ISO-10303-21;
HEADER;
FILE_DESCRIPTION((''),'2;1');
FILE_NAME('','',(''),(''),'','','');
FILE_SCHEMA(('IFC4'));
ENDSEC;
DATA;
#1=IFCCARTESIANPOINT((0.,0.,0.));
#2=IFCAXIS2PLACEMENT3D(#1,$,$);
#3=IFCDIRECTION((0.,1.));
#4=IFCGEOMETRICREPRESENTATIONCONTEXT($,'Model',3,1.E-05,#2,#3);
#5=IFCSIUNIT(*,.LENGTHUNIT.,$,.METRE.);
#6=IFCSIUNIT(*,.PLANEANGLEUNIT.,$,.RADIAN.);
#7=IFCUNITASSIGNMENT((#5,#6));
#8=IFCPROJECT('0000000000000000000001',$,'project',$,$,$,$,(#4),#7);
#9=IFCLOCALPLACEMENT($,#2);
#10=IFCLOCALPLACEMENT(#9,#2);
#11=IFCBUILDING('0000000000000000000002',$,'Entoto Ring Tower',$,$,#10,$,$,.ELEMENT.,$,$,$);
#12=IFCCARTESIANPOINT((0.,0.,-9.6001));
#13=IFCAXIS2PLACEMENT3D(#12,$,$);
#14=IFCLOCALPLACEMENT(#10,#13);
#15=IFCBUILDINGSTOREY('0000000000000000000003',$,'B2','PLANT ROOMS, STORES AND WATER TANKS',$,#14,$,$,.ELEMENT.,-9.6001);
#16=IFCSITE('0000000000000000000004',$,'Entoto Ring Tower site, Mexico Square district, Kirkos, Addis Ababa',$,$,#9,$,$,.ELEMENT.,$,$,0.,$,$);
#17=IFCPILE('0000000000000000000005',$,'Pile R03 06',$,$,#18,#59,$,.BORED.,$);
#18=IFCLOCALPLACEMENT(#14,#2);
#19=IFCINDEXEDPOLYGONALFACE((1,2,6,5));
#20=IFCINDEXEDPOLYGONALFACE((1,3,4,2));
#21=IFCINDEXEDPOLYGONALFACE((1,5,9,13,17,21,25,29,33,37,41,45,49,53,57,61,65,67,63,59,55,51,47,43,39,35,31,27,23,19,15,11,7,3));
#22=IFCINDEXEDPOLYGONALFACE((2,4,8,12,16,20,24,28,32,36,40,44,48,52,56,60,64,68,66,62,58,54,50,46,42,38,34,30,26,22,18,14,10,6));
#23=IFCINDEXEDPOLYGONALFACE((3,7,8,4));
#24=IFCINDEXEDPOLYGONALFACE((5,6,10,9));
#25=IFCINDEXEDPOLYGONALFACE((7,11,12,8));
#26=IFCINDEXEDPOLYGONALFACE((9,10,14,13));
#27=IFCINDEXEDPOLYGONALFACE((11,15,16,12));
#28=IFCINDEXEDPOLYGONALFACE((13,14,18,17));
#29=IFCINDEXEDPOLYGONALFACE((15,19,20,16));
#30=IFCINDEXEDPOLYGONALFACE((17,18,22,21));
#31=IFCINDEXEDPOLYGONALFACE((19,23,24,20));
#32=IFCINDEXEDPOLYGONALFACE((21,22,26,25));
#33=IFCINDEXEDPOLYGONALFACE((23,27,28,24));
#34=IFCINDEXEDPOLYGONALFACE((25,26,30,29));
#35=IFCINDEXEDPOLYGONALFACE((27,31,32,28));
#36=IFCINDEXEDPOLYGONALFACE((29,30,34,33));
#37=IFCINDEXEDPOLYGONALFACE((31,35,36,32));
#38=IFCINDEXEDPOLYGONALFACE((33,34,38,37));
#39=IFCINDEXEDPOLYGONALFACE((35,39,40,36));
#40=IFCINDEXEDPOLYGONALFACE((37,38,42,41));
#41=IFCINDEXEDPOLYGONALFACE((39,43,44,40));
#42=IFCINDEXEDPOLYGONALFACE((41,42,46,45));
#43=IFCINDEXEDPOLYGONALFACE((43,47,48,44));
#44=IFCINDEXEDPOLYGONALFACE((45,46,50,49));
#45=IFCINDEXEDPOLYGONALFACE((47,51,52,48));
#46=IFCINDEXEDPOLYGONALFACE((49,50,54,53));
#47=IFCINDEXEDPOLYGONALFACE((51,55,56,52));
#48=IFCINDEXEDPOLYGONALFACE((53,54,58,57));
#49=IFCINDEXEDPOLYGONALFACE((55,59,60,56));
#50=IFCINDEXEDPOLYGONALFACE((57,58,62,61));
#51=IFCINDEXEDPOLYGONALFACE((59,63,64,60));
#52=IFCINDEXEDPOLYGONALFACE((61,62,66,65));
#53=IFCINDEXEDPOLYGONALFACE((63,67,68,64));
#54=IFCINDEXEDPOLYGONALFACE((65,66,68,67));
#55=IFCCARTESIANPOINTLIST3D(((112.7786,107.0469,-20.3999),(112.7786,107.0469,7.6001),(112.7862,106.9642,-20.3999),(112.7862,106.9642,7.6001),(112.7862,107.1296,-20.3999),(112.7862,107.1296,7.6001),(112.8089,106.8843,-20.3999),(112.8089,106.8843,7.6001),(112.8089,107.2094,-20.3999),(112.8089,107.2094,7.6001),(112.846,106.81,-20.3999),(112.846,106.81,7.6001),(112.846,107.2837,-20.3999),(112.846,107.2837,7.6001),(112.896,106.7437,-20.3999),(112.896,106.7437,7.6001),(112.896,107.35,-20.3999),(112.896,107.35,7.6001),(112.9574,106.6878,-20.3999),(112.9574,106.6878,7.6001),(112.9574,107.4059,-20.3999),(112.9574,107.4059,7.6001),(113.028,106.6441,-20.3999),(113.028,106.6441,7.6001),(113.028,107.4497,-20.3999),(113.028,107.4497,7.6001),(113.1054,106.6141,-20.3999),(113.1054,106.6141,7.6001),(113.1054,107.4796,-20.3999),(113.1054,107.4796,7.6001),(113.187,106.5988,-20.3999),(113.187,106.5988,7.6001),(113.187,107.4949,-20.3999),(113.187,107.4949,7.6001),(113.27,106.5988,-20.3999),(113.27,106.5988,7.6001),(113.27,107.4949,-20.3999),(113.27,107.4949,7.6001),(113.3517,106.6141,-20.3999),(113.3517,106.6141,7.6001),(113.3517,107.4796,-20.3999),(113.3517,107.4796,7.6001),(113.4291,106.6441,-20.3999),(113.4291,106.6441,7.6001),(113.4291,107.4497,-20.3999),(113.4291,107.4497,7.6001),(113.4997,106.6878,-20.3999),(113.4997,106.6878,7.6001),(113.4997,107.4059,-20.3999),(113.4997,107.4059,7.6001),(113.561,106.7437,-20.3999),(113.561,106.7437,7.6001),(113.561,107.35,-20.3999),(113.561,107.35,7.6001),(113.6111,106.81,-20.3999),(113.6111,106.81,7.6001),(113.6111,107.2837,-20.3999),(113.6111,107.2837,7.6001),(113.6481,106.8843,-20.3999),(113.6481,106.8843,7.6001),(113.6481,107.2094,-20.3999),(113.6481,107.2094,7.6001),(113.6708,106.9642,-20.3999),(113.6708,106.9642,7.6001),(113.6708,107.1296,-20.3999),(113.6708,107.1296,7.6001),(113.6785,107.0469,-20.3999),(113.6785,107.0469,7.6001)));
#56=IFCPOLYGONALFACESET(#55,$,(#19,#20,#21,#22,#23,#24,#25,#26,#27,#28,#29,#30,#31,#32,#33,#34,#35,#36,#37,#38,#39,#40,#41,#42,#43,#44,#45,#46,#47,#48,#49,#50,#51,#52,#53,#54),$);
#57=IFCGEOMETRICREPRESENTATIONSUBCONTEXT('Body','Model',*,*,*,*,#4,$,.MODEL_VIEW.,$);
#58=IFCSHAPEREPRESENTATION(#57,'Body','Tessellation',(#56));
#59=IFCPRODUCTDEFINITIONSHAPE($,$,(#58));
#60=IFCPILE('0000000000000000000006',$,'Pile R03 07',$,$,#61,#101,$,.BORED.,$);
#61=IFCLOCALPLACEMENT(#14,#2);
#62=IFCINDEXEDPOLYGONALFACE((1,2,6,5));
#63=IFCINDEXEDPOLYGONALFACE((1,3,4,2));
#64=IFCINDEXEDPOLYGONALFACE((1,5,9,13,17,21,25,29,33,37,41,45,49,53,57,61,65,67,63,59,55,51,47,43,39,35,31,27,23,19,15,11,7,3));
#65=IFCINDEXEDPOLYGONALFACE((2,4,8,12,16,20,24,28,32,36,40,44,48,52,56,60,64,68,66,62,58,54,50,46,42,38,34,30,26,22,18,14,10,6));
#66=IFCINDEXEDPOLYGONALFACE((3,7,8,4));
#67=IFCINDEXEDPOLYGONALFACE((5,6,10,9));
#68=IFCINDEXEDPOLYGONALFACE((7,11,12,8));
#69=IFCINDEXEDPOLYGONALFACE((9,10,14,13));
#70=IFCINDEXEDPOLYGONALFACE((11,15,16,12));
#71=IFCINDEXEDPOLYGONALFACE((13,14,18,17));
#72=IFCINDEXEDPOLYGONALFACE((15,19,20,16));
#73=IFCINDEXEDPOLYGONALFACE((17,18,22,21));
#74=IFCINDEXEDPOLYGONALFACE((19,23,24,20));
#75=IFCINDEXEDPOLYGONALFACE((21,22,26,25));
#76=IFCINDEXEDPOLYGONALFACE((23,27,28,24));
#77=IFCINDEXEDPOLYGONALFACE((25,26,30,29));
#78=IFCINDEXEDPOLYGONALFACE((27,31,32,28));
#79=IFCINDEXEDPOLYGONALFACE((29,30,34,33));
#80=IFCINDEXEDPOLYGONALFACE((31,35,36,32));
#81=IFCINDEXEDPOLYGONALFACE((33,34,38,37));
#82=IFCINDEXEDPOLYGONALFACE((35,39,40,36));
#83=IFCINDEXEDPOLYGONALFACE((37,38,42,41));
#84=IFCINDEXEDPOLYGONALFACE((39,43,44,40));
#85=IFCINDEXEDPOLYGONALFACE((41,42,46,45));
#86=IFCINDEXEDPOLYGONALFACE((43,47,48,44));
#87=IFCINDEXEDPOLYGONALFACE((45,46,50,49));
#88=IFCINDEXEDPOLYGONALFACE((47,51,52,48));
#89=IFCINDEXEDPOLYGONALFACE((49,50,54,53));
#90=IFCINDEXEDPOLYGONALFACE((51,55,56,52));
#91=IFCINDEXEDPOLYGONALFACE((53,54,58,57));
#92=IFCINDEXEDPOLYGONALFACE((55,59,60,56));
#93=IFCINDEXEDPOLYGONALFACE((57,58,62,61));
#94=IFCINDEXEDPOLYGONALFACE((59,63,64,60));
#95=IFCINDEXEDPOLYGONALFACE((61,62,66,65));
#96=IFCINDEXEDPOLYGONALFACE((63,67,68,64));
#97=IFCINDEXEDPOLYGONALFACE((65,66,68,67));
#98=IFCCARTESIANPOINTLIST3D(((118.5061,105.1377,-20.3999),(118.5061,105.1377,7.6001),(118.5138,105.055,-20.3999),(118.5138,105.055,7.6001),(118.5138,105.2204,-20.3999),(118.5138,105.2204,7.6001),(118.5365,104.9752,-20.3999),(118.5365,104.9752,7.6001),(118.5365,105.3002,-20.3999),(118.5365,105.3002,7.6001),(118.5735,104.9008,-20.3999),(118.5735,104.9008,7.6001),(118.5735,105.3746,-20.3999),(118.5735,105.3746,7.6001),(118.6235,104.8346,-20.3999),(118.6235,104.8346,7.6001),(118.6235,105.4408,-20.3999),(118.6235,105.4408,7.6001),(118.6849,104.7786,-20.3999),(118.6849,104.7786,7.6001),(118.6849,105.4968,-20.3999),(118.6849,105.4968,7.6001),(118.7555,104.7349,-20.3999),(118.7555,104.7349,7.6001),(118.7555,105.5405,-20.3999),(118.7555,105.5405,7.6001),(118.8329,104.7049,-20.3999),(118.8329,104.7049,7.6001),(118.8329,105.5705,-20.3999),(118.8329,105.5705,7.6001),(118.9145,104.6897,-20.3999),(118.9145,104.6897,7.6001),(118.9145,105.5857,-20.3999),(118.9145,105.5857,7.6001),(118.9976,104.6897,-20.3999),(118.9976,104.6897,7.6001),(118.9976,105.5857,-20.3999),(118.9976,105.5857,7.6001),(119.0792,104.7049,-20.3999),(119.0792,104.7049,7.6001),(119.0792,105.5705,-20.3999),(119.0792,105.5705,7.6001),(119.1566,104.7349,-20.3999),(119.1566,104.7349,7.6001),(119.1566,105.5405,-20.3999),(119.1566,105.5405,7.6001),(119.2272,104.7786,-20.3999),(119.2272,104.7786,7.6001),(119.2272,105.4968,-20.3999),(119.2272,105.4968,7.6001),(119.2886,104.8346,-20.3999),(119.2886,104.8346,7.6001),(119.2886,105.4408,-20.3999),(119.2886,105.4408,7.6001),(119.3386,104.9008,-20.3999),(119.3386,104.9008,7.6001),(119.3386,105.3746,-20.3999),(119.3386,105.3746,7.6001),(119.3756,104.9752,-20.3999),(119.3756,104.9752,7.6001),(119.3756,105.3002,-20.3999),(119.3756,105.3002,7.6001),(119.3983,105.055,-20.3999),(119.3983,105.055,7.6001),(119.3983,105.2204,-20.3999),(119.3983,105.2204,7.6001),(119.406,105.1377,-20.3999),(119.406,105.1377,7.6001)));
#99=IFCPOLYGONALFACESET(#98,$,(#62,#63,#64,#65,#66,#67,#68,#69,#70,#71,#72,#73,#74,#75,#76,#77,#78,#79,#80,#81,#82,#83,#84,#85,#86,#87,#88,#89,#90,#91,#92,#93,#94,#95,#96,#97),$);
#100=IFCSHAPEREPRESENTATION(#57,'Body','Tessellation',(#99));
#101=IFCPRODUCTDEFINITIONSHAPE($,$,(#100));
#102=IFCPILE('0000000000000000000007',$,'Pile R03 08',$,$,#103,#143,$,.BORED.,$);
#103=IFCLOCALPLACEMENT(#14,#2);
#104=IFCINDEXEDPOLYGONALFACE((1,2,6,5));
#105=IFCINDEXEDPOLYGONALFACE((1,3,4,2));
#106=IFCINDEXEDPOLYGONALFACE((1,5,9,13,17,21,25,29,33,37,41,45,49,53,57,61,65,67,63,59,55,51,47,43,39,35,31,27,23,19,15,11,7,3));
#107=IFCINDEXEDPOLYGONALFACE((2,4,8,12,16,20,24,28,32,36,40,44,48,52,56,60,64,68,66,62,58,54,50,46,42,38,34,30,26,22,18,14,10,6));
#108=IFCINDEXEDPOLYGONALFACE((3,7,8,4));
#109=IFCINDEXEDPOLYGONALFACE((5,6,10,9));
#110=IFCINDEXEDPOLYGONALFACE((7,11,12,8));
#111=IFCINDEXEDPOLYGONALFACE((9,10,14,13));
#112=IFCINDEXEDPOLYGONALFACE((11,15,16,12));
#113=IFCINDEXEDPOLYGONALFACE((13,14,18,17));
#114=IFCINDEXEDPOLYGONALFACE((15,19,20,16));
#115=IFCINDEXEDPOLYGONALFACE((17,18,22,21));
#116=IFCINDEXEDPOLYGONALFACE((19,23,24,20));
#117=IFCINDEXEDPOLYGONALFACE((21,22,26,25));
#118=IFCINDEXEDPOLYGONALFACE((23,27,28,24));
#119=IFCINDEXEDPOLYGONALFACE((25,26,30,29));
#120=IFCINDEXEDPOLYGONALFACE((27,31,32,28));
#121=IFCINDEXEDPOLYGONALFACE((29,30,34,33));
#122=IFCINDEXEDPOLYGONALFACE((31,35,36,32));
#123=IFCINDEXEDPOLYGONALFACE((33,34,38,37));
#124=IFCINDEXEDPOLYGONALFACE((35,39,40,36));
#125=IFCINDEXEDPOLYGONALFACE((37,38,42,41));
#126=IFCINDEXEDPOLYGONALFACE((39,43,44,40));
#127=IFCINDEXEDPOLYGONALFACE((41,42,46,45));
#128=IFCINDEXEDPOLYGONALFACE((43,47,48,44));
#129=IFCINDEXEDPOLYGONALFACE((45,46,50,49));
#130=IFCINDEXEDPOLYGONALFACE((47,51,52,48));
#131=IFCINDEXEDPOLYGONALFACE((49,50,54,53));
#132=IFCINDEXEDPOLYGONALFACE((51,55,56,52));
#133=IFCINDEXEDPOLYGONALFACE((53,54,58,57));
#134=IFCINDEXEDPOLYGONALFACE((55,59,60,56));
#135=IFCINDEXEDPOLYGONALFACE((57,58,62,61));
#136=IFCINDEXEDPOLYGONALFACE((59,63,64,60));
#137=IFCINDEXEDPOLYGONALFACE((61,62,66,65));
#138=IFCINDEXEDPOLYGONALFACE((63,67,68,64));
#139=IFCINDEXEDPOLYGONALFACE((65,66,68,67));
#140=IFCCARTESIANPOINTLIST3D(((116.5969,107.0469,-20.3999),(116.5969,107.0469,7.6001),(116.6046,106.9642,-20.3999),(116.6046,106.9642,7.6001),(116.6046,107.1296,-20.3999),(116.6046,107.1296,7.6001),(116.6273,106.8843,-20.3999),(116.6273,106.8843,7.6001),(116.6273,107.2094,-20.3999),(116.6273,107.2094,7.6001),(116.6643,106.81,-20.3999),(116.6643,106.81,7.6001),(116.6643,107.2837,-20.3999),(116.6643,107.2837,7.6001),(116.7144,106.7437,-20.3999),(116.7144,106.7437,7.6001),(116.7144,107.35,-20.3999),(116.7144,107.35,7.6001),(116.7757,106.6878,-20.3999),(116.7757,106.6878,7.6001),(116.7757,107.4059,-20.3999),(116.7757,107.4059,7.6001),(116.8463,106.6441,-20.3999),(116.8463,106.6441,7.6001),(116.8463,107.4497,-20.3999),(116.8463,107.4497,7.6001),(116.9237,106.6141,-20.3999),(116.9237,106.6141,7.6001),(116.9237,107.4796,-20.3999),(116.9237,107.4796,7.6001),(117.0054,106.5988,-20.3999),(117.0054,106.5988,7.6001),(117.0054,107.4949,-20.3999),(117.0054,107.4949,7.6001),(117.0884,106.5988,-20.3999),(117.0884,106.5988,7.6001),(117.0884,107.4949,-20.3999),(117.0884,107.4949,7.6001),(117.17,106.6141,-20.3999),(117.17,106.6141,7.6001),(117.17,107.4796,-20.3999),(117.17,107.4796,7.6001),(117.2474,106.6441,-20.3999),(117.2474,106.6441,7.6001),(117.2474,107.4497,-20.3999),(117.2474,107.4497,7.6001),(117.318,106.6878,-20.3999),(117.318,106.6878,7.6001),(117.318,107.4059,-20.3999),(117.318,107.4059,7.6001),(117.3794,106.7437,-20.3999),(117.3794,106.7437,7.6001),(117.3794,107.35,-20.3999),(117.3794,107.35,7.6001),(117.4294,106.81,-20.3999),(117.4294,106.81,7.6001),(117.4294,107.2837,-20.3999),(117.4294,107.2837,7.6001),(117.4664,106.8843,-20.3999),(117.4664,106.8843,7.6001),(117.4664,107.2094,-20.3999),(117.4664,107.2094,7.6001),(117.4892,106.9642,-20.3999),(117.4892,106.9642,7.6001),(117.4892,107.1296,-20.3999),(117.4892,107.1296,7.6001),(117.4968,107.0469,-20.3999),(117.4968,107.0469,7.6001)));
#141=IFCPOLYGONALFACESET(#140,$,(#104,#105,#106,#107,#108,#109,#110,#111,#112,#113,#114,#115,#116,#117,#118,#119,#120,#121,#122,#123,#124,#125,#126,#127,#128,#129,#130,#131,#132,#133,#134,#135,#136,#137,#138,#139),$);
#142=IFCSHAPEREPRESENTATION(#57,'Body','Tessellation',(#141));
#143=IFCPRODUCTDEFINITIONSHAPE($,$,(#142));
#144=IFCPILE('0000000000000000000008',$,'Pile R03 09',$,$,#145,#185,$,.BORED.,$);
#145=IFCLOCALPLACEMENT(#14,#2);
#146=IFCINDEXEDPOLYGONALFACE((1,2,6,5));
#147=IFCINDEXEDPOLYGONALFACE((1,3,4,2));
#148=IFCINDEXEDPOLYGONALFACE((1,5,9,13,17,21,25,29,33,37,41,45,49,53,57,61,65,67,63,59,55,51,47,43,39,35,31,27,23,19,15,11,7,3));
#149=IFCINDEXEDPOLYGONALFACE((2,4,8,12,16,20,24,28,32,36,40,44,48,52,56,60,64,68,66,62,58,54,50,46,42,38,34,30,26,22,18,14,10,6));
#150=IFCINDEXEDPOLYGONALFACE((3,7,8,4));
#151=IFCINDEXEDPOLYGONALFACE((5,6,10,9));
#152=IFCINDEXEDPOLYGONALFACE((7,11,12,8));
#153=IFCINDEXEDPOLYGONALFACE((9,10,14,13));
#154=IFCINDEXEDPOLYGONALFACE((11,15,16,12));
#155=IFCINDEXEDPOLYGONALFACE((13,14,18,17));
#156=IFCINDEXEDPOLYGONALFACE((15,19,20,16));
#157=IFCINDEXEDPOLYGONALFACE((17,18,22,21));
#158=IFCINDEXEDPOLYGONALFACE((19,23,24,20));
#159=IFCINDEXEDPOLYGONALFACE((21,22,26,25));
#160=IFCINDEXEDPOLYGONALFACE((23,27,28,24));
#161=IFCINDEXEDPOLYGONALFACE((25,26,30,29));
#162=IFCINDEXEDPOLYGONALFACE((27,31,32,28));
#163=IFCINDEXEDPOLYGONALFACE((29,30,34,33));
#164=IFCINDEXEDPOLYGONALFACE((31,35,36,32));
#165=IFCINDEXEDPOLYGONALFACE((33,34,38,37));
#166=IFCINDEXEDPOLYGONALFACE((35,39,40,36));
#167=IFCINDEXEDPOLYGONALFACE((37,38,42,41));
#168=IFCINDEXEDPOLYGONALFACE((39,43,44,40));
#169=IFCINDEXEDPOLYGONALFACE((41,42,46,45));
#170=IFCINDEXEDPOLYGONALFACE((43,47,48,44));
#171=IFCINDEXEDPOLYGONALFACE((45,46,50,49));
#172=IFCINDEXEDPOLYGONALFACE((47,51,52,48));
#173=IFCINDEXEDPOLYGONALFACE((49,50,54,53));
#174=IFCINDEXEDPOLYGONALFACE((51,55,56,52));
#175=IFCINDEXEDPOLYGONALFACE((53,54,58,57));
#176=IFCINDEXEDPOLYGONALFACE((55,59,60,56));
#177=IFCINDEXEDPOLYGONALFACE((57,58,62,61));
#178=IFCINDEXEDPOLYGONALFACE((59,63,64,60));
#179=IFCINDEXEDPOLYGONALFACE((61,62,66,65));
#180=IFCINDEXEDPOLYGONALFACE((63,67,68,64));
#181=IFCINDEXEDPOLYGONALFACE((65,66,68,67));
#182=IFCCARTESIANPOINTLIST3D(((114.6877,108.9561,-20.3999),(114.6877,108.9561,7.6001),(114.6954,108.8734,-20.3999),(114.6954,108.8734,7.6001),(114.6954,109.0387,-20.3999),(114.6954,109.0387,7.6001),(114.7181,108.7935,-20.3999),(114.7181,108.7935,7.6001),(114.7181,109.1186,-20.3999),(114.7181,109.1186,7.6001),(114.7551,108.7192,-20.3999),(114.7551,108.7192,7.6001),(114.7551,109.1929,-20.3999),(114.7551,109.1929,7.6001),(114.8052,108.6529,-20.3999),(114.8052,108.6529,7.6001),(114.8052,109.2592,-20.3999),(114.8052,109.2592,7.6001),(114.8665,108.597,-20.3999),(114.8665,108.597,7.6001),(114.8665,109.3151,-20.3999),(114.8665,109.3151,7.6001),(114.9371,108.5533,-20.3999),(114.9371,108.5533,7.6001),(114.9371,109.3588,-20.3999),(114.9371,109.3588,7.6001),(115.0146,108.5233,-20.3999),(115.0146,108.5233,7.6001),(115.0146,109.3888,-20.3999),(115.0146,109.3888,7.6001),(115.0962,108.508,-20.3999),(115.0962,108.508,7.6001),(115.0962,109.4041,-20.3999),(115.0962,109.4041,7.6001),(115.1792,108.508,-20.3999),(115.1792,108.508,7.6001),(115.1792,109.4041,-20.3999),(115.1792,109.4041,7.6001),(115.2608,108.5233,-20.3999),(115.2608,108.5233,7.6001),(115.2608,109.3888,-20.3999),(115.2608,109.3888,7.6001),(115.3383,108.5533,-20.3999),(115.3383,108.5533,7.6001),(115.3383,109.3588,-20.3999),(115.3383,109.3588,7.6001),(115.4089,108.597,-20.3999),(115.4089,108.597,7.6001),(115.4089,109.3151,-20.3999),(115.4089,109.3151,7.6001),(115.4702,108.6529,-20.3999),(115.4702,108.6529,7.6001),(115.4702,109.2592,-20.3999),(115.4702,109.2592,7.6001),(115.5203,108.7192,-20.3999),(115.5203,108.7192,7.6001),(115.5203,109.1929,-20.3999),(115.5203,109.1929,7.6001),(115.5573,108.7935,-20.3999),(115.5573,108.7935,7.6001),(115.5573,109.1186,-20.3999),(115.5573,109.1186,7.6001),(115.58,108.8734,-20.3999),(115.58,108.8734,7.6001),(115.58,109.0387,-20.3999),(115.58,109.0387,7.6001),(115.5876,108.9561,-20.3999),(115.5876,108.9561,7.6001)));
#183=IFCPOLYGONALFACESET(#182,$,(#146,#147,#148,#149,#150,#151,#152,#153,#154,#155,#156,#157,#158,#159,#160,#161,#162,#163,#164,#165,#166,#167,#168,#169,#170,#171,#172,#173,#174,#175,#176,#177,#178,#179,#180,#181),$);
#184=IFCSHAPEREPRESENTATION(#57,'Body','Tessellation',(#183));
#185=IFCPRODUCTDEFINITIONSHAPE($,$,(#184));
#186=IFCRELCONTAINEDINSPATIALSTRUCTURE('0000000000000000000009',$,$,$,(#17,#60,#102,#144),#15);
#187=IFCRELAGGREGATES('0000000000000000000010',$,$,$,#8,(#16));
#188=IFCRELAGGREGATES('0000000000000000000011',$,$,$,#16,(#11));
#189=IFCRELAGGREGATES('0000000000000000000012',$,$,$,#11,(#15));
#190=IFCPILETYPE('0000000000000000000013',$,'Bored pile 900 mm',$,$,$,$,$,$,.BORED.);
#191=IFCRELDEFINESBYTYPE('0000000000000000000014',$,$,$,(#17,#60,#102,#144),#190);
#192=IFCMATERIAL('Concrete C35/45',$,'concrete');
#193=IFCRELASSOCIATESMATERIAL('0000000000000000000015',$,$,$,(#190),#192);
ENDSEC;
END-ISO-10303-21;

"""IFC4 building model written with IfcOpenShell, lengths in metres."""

from ifc_helpers import new_model, si_unit, direction, frame, origin, origin_2d, place, context, subcontext, project, spatial, circle, extrude, material, material_profile, profile_set, type_object, element, save


model = new_model("IFC4")

# Units and contexts
model_context = context("Model", 3, precision=1e-05, world=origin(), true_north=direction((0.0, 1.0)))
body_context = subcontext(model_context, "Body", "Model", "MODEL_VIEW")
ifc_project = project(units=[si_unit("LENGTHUNIT", "METRE"), si_unit("PLANEANGLEUNIT", "RADIAN")], contexts=[model_context])

# Site, building, storey
site_placement = place(None, origin())
site = spatial("IfcSite", under=ifc_project, at=site_placement, Name="Entoto Ring Tower site, Mexico Square district, Kirkos, Addis Ababa", CompositionType="ELEMENT", RefElevation=0.0)
building_placement = place(site_placement, origin())
building = spatial("IfcBuilding", under=site, at=building_placement, Name="Entoto Ring Tower", CompositionType="ELEMENT")
storey_placement = place(building_placement, frame((0.0, 0.0, -9.6001)))
storey = spatial("IfcBuildingStorey", under=building, at=storey_placement, Name="B2", Description="PLANT ROOMS, STORES AND WATER TANKS", CompositionType="ELEMENT", Elevation=-9.6001)

# Piles
ifc_material_1 = material(Name="Concrete C35/45", Category="concrete")
ifc_material_profile_1 = material_profile(ifc_material_1, circle(Radius=0.45, at=origin_2d()), Name="Bored pile 900 mm")
ifc_profile_set_1 = profile_set([ifc_material_profile_1], Name="Concrete C35/45")
pile_type = type_object("IfcPileType", Name="Bored pile 900 mm", PredefinedType="BORED", material=ifc_profile_set_1)
for number, where, z_axis, x_axis, name in (
    (1, (113.2285, 107.0469, 7.6001), (0.0, 0.0, -1.0), (1.0, 0.0, 0.0), "Pile R03 06"),
    (2, (118.9561, 105.1377, 7.6001), (0.0, 0.0, -1.0), (1.0, 0.0, 0.0), "Pile R03 07"),
    (3, (117.0469, 107.0469, 7.6001), (0.0, 0.0, -1.0), (1.0, 0.0, 0.0), "Pile R03 08"),
    (4, (115.1377, 108.9561, 7.6001), (0.0, 0.0, -1.0), (1.0, 0.0, 0.0), "Pile R03 09"),
):
    element("IfcPile", number, at=place(storey_placement, frame(where, z_axis=z_axis, x_axis=x_axis)), inside=storey, type_object=pile_type, Name=name, PredefinedType="BORED", context=body_context, shape_type="SweptSolid", body=[
        extrude(circle(Radius=0.45, at=origin_2d()), origin(), (0.0, 0.0, 1.0), 28.0),
    ])

save(model, "model.ifc")
